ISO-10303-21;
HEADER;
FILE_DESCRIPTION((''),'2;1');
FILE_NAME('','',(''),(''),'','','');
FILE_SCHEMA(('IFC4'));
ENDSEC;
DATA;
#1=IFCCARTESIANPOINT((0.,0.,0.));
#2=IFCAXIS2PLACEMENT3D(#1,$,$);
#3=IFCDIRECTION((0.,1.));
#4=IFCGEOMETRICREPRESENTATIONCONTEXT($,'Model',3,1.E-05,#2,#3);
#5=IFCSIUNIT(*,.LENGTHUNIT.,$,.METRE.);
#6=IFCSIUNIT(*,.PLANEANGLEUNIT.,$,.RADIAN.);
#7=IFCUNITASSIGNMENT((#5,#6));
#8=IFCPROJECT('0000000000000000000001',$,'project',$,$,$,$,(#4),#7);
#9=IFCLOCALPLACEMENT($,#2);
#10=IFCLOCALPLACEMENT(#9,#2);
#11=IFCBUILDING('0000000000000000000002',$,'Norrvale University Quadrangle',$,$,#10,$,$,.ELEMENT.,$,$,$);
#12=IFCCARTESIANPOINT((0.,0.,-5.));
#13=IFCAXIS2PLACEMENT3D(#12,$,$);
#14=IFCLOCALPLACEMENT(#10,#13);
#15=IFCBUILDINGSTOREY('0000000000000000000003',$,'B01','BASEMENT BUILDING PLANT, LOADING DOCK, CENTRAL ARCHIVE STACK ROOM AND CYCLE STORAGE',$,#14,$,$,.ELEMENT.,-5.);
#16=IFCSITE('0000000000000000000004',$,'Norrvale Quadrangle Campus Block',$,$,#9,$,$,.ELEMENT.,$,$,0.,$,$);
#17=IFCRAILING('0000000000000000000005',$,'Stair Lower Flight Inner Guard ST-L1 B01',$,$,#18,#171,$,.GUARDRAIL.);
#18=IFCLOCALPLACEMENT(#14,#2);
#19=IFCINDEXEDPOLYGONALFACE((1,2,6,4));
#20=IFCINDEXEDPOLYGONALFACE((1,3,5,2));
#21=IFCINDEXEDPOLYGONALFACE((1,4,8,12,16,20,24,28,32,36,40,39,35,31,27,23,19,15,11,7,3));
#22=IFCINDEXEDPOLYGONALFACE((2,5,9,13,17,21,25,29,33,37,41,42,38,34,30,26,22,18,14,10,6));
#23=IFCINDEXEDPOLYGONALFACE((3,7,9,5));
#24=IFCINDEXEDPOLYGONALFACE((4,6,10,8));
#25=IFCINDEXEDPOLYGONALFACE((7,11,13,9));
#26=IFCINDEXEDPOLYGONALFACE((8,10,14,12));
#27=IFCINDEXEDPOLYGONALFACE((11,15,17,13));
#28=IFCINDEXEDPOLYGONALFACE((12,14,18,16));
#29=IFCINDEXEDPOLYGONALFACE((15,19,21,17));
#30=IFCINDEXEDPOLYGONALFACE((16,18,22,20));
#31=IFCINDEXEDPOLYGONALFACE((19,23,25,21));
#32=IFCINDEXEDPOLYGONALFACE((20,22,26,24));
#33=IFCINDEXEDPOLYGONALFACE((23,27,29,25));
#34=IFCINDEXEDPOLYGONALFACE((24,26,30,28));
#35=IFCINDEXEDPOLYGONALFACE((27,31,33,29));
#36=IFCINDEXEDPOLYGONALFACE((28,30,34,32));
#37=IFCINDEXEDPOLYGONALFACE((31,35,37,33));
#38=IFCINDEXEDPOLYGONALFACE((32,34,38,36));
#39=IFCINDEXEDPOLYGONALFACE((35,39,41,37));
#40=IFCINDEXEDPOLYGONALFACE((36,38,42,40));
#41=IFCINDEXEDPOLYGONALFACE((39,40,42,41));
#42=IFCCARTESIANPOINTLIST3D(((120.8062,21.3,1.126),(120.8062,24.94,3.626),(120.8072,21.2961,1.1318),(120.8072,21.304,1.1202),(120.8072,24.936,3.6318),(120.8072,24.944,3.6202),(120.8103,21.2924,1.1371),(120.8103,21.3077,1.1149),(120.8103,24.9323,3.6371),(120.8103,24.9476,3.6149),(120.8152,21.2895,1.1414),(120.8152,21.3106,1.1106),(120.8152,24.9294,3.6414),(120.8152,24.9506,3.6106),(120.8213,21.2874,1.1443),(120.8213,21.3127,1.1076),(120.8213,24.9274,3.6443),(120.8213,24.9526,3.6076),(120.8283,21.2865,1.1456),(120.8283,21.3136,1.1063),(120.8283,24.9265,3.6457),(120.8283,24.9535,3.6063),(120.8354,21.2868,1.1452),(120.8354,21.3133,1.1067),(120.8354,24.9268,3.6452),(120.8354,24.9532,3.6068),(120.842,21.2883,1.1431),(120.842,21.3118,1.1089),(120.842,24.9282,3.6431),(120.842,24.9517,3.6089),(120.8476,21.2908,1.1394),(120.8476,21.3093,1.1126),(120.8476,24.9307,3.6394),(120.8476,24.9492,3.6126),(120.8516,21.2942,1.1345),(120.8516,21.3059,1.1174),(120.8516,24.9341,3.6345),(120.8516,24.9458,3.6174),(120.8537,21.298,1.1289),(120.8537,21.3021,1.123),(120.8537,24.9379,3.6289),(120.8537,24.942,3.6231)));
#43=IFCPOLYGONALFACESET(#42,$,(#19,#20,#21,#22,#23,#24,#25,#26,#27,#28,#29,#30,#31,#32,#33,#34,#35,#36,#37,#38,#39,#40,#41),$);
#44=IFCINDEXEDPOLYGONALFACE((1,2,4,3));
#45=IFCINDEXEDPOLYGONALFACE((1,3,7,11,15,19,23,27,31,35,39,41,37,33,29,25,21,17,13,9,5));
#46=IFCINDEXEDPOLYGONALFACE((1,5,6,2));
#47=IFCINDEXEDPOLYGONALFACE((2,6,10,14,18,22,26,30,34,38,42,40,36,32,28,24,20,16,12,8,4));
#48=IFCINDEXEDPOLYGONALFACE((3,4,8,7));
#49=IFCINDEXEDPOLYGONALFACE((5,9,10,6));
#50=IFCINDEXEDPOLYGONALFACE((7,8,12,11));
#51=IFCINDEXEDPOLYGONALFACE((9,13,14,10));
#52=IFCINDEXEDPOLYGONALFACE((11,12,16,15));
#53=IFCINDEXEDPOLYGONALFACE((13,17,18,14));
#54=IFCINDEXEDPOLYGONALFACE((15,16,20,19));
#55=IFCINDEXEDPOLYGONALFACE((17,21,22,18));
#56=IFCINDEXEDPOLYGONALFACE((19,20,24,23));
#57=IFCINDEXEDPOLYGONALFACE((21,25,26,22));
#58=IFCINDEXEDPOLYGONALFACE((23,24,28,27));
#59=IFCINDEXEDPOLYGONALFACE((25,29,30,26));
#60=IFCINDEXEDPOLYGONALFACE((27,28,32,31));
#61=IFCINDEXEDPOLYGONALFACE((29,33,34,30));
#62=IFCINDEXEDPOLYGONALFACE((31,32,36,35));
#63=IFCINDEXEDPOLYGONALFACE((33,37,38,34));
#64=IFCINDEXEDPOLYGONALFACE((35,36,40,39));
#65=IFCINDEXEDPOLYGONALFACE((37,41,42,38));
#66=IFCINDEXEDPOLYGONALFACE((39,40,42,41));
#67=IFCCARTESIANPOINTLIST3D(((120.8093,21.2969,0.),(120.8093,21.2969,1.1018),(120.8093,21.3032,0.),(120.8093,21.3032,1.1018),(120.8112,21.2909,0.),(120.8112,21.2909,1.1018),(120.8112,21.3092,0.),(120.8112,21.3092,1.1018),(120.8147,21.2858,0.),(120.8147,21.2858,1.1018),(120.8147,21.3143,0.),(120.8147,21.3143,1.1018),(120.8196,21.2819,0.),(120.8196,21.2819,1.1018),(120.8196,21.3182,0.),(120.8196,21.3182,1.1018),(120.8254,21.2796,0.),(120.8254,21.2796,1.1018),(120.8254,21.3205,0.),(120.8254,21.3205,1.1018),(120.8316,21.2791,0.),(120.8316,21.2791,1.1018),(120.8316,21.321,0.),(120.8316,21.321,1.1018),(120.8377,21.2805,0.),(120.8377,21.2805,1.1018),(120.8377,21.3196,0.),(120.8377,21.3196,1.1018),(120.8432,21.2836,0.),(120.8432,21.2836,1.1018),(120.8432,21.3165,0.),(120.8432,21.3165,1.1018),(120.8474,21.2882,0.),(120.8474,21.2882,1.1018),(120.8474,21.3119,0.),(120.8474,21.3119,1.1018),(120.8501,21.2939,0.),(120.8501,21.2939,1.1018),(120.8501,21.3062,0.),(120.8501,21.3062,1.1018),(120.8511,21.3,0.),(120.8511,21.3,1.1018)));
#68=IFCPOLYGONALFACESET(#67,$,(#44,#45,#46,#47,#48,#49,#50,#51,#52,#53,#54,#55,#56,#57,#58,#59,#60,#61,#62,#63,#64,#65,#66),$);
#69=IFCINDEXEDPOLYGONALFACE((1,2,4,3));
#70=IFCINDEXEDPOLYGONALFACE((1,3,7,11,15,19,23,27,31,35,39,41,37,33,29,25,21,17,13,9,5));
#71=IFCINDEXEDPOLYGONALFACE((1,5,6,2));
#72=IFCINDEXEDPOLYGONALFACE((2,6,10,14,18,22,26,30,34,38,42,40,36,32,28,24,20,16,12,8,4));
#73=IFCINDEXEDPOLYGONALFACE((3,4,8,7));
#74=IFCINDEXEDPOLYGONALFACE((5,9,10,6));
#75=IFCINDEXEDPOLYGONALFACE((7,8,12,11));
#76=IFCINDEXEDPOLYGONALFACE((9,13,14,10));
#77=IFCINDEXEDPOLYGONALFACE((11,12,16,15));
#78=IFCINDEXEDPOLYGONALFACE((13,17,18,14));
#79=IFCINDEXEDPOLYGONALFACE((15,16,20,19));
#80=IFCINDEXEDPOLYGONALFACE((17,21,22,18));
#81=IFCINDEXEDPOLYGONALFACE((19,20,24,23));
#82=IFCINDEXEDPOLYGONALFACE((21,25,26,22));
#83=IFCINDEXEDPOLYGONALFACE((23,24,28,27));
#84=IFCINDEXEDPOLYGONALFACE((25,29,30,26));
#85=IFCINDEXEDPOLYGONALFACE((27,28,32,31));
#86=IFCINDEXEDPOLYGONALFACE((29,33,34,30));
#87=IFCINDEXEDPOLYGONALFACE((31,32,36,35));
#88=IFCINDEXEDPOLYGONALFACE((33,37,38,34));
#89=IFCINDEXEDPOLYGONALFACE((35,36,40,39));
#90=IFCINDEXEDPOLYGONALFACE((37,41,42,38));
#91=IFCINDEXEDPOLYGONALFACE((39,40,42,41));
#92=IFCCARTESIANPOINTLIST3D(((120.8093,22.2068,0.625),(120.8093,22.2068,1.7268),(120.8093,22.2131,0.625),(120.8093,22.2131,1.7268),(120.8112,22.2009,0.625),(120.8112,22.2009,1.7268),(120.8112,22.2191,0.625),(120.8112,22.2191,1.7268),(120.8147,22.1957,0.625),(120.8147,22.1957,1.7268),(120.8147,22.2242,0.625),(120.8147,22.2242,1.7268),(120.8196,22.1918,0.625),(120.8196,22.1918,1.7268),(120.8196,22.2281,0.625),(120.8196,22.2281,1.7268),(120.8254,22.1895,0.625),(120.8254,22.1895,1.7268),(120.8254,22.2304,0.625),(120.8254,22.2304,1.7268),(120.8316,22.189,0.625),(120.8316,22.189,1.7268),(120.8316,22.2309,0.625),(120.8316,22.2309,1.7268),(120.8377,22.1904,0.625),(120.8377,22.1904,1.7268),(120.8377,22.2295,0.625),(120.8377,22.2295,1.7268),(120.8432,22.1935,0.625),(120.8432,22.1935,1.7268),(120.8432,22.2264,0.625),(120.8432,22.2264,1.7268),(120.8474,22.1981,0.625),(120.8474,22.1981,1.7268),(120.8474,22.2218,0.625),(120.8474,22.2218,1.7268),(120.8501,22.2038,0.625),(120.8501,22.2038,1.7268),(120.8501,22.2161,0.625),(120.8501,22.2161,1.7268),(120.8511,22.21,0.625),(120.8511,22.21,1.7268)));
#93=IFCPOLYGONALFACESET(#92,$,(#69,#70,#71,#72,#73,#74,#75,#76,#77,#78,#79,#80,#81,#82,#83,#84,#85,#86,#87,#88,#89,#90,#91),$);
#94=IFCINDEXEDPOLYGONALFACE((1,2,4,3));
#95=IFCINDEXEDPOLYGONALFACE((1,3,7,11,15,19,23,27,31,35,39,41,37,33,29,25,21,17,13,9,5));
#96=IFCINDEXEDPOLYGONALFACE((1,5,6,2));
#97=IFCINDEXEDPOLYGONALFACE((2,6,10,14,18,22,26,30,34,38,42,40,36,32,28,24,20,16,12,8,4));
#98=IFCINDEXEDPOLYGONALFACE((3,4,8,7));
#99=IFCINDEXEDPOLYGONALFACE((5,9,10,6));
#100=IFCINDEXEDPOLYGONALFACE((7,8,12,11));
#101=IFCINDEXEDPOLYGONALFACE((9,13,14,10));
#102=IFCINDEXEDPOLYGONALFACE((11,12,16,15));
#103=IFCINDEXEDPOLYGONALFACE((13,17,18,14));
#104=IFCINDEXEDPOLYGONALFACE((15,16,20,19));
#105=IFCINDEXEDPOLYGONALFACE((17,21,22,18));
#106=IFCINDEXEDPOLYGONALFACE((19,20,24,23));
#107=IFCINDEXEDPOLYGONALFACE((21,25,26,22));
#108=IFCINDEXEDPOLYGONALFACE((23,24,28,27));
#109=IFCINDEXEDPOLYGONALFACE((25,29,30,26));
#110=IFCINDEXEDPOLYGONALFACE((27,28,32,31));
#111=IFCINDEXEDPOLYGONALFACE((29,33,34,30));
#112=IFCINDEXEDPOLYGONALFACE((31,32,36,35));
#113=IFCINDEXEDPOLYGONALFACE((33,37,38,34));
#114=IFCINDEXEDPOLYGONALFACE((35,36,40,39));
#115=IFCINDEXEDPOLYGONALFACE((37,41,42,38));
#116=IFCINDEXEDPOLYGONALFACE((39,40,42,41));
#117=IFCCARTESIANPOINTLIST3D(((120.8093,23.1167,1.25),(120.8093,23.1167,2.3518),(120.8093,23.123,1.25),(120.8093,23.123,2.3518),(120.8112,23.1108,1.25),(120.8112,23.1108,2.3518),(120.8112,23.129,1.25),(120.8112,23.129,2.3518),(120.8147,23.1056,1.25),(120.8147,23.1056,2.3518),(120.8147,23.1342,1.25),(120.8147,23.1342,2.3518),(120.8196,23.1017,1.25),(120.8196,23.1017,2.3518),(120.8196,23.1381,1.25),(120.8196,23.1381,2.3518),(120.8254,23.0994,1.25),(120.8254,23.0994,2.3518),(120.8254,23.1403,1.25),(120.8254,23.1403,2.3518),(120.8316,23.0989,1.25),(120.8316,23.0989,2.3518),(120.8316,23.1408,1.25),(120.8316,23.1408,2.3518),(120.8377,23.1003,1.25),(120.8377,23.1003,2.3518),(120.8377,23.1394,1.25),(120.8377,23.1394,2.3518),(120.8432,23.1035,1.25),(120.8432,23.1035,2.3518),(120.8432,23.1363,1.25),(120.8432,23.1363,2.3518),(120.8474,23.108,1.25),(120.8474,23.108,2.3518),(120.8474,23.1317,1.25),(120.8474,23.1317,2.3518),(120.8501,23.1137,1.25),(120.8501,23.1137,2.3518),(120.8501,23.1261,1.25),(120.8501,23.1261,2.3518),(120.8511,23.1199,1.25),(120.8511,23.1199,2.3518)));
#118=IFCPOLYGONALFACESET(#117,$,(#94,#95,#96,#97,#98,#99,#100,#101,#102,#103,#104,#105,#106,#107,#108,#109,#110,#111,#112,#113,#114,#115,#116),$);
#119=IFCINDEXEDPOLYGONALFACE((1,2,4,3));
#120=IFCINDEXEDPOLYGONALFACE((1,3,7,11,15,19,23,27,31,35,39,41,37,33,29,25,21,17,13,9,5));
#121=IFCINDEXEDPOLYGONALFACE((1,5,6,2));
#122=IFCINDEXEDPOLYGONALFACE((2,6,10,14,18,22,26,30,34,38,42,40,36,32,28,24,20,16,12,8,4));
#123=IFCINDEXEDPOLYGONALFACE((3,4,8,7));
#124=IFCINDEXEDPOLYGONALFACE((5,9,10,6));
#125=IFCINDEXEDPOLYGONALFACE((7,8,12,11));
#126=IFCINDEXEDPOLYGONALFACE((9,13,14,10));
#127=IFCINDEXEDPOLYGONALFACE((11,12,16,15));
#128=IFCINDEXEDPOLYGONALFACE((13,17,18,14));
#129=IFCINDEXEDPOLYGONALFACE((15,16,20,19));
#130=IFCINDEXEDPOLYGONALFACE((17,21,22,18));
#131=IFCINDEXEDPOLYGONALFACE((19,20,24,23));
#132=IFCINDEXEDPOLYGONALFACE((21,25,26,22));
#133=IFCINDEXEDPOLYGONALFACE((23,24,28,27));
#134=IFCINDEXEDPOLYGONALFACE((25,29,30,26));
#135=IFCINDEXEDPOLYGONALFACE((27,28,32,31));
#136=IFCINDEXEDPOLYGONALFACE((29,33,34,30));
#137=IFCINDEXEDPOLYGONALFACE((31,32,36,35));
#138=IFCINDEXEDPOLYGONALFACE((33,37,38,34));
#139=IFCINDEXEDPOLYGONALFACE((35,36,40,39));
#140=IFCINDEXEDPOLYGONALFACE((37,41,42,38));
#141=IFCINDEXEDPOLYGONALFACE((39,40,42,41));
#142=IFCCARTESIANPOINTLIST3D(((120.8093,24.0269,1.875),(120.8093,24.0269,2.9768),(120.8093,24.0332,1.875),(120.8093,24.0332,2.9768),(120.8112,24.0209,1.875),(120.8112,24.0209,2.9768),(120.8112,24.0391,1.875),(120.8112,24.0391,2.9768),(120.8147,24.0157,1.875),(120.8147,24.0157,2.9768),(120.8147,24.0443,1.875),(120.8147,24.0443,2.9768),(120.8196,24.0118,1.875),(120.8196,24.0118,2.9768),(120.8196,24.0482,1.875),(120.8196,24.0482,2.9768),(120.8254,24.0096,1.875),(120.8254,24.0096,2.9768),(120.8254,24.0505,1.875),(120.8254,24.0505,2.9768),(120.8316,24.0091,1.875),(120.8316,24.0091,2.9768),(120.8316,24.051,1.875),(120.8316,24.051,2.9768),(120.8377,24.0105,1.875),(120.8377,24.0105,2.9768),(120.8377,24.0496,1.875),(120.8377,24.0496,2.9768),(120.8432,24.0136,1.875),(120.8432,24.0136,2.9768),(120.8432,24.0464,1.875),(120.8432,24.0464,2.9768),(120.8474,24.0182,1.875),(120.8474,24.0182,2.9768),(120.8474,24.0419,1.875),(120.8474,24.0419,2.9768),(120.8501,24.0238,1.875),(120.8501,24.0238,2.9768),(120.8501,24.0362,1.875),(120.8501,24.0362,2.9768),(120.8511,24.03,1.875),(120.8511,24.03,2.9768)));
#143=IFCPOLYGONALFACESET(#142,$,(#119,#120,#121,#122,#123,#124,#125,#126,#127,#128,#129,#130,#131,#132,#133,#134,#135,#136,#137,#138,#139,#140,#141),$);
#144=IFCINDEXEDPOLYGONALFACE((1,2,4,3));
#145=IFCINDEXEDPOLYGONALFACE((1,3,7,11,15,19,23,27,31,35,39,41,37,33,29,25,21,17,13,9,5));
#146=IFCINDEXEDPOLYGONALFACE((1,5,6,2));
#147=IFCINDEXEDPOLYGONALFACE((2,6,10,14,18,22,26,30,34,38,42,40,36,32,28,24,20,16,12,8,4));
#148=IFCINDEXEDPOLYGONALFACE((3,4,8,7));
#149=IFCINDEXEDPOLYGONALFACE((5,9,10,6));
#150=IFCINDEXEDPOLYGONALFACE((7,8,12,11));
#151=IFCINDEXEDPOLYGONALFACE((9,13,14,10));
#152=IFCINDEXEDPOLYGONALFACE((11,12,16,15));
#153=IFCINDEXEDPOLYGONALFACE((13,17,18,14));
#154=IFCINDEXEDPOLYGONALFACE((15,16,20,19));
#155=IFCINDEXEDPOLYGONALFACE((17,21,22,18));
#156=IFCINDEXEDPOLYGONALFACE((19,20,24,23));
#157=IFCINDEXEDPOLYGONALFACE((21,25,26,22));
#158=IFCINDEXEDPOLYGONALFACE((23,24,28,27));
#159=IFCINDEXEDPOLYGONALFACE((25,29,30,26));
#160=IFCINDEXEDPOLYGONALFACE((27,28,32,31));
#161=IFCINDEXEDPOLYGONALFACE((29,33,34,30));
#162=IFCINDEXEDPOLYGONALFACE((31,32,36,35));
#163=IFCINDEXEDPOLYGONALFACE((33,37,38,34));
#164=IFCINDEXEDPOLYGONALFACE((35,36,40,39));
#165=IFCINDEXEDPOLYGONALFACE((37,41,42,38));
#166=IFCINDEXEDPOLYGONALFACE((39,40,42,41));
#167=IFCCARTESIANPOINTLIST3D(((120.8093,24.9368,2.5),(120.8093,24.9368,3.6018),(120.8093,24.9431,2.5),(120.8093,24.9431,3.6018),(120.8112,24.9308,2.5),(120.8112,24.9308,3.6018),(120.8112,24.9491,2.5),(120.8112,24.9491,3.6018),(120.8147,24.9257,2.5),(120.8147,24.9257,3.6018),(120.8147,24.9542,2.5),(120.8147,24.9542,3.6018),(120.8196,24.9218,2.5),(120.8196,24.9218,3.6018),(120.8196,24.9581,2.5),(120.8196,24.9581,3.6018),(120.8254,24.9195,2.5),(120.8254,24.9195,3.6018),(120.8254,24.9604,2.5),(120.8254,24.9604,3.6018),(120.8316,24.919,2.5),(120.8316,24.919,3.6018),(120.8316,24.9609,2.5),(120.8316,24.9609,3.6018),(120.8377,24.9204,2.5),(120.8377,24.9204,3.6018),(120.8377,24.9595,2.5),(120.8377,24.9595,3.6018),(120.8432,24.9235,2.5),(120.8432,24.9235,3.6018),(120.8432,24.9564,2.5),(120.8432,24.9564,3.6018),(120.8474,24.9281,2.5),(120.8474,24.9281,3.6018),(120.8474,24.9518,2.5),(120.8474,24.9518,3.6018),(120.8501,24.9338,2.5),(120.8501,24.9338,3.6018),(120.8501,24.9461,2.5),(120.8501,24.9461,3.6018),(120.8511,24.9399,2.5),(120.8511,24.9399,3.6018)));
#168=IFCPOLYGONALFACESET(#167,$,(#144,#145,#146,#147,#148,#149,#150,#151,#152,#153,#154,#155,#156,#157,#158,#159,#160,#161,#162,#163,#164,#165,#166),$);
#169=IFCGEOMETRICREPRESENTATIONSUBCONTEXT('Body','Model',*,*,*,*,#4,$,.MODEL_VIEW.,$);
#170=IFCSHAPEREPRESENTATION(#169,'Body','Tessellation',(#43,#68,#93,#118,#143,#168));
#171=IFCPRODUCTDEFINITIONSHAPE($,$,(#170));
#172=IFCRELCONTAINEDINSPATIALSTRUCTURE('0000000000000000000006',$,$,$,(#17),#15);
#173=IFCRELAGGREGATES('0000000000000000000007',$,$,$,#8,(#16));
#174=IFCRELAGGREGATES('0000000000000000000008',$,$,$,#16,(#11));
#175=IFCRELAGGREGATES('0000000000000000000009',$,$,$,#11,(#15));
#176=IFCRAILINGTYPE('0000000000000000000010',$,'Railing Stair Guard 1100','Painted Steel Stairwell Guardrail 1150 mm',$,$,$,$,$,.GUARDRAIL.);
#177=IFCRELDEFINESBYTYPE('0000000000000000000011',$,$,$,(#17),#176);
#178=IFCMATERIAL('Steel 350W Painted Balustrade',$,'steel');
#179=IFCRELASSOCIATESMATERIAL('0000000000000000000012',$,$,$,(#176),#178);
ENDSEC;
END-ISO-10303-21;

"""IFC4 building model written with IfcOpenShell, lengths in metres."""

from ifc_helpers import new_model, si_unit, direction, frame, origin, origin_2d, place, context, subcontext, project, spatial, circle, extrude, material, type_object, element, save


model = new_model("IFC4")

# Units and contexts
model_context = context("Model", 3, precision=1e-05, world=origin(), true_north=direction((0.0, 1.0)))
body_context = subcontext(model_context, "Body", "Model", "MODEL_VIEW")
ifc_project = project(units=[si_unit("LENGTHUNIT", "METRE"), si_unit("PLANEANGLEUNIT", "RADIAN")], contexts=[model_context])

# Site, building, storey
site_placement = place(None, origin())
site = spatial("IfcSite", under=ifc_project, at=site_placement, Name="Norrvale Quadrangle Campus Block", CompositionType="ELEMENT", RefElevation=0.0)
building_placement = place(site_placement, origin())
building = spatial("IfcBuilding", under=site, at=building_placement, Name="Norrvale University Quadrangle", CompositionType="ELEMENT")
storey_placement = place(building_placement, frame((0.0, 0.0, -5.0)))
storey = spatial("IfcBuildingStorey", under=building, at=storey_placement, Name="B01", Description="BASEMENT BUILDING PLANT, LOADING DOCK, CENTRAL ARCHIVE STACK ROOM AND CYCLE STORAGE", CompositionType="ELEMENT", Elevation=-5.0)

# Railing
ifc_material_1 = material(Name="Steel 350W Painted Balustrade", Category="steel")
railing_type_1 = type_object("IfcRailingType", Name="Railing Stair Guard 1100", Description="Painted Steel Stairwell Guardrail 1150 mm", PredefinedType="GUARDRAIL", material=ifc_material_1)
railing_1_placement = place(storey_placement, frame((120.8301, 21.3, 0.0)))
element("IfcRailing", 1, at=railing_1_placement, inside=storey, type_object=railing_type_1, Name="Stair Lower Flight Inner Guard ST-L1 B01", PredefinedType="GUARDRAIL", context=body_context, shape_type="SweptSolid", body=[
    extrude(circle(Radius=0.0239, at=origin_2d()), frame((0.0, 0.0, 1.126), z_axis=(0.0, 0.824298, 0.566156), x_axis=(-1.0, 0.0, 0.0)), (0.0, 0.0, 1.0), 4.4158),
    extrude(circle(Radius=0.021, at=origin_2d()), origin(), (0.0, 0.0, 1.0), 1.1018),
    extrude(circle(Radius=0.021, at=origin_2d()), frame((0.0, 0.9099, 0.625)), (0.0, 0.0, 1.0), 1.1018),
    extrude(circle(Radius=0.021, at=origin_2d()), frame((0.0, 1.8198, 1.25)), (0.0, 0.0, 1.0), 1.1018),
    extrude(circle(Radius=0.021, at=origin_2d()), frame((0.0, 2.73, 1.875)), (0.0, 0.0, 1.0), 1.1018),
    extrude(circle(Radius=0.021, at=origin_2d()), frame((0.0, 3.6399, 2.5)), (0.0, 0.0, 1.0), 1.1018),
])

save(model, "model.ifc")
